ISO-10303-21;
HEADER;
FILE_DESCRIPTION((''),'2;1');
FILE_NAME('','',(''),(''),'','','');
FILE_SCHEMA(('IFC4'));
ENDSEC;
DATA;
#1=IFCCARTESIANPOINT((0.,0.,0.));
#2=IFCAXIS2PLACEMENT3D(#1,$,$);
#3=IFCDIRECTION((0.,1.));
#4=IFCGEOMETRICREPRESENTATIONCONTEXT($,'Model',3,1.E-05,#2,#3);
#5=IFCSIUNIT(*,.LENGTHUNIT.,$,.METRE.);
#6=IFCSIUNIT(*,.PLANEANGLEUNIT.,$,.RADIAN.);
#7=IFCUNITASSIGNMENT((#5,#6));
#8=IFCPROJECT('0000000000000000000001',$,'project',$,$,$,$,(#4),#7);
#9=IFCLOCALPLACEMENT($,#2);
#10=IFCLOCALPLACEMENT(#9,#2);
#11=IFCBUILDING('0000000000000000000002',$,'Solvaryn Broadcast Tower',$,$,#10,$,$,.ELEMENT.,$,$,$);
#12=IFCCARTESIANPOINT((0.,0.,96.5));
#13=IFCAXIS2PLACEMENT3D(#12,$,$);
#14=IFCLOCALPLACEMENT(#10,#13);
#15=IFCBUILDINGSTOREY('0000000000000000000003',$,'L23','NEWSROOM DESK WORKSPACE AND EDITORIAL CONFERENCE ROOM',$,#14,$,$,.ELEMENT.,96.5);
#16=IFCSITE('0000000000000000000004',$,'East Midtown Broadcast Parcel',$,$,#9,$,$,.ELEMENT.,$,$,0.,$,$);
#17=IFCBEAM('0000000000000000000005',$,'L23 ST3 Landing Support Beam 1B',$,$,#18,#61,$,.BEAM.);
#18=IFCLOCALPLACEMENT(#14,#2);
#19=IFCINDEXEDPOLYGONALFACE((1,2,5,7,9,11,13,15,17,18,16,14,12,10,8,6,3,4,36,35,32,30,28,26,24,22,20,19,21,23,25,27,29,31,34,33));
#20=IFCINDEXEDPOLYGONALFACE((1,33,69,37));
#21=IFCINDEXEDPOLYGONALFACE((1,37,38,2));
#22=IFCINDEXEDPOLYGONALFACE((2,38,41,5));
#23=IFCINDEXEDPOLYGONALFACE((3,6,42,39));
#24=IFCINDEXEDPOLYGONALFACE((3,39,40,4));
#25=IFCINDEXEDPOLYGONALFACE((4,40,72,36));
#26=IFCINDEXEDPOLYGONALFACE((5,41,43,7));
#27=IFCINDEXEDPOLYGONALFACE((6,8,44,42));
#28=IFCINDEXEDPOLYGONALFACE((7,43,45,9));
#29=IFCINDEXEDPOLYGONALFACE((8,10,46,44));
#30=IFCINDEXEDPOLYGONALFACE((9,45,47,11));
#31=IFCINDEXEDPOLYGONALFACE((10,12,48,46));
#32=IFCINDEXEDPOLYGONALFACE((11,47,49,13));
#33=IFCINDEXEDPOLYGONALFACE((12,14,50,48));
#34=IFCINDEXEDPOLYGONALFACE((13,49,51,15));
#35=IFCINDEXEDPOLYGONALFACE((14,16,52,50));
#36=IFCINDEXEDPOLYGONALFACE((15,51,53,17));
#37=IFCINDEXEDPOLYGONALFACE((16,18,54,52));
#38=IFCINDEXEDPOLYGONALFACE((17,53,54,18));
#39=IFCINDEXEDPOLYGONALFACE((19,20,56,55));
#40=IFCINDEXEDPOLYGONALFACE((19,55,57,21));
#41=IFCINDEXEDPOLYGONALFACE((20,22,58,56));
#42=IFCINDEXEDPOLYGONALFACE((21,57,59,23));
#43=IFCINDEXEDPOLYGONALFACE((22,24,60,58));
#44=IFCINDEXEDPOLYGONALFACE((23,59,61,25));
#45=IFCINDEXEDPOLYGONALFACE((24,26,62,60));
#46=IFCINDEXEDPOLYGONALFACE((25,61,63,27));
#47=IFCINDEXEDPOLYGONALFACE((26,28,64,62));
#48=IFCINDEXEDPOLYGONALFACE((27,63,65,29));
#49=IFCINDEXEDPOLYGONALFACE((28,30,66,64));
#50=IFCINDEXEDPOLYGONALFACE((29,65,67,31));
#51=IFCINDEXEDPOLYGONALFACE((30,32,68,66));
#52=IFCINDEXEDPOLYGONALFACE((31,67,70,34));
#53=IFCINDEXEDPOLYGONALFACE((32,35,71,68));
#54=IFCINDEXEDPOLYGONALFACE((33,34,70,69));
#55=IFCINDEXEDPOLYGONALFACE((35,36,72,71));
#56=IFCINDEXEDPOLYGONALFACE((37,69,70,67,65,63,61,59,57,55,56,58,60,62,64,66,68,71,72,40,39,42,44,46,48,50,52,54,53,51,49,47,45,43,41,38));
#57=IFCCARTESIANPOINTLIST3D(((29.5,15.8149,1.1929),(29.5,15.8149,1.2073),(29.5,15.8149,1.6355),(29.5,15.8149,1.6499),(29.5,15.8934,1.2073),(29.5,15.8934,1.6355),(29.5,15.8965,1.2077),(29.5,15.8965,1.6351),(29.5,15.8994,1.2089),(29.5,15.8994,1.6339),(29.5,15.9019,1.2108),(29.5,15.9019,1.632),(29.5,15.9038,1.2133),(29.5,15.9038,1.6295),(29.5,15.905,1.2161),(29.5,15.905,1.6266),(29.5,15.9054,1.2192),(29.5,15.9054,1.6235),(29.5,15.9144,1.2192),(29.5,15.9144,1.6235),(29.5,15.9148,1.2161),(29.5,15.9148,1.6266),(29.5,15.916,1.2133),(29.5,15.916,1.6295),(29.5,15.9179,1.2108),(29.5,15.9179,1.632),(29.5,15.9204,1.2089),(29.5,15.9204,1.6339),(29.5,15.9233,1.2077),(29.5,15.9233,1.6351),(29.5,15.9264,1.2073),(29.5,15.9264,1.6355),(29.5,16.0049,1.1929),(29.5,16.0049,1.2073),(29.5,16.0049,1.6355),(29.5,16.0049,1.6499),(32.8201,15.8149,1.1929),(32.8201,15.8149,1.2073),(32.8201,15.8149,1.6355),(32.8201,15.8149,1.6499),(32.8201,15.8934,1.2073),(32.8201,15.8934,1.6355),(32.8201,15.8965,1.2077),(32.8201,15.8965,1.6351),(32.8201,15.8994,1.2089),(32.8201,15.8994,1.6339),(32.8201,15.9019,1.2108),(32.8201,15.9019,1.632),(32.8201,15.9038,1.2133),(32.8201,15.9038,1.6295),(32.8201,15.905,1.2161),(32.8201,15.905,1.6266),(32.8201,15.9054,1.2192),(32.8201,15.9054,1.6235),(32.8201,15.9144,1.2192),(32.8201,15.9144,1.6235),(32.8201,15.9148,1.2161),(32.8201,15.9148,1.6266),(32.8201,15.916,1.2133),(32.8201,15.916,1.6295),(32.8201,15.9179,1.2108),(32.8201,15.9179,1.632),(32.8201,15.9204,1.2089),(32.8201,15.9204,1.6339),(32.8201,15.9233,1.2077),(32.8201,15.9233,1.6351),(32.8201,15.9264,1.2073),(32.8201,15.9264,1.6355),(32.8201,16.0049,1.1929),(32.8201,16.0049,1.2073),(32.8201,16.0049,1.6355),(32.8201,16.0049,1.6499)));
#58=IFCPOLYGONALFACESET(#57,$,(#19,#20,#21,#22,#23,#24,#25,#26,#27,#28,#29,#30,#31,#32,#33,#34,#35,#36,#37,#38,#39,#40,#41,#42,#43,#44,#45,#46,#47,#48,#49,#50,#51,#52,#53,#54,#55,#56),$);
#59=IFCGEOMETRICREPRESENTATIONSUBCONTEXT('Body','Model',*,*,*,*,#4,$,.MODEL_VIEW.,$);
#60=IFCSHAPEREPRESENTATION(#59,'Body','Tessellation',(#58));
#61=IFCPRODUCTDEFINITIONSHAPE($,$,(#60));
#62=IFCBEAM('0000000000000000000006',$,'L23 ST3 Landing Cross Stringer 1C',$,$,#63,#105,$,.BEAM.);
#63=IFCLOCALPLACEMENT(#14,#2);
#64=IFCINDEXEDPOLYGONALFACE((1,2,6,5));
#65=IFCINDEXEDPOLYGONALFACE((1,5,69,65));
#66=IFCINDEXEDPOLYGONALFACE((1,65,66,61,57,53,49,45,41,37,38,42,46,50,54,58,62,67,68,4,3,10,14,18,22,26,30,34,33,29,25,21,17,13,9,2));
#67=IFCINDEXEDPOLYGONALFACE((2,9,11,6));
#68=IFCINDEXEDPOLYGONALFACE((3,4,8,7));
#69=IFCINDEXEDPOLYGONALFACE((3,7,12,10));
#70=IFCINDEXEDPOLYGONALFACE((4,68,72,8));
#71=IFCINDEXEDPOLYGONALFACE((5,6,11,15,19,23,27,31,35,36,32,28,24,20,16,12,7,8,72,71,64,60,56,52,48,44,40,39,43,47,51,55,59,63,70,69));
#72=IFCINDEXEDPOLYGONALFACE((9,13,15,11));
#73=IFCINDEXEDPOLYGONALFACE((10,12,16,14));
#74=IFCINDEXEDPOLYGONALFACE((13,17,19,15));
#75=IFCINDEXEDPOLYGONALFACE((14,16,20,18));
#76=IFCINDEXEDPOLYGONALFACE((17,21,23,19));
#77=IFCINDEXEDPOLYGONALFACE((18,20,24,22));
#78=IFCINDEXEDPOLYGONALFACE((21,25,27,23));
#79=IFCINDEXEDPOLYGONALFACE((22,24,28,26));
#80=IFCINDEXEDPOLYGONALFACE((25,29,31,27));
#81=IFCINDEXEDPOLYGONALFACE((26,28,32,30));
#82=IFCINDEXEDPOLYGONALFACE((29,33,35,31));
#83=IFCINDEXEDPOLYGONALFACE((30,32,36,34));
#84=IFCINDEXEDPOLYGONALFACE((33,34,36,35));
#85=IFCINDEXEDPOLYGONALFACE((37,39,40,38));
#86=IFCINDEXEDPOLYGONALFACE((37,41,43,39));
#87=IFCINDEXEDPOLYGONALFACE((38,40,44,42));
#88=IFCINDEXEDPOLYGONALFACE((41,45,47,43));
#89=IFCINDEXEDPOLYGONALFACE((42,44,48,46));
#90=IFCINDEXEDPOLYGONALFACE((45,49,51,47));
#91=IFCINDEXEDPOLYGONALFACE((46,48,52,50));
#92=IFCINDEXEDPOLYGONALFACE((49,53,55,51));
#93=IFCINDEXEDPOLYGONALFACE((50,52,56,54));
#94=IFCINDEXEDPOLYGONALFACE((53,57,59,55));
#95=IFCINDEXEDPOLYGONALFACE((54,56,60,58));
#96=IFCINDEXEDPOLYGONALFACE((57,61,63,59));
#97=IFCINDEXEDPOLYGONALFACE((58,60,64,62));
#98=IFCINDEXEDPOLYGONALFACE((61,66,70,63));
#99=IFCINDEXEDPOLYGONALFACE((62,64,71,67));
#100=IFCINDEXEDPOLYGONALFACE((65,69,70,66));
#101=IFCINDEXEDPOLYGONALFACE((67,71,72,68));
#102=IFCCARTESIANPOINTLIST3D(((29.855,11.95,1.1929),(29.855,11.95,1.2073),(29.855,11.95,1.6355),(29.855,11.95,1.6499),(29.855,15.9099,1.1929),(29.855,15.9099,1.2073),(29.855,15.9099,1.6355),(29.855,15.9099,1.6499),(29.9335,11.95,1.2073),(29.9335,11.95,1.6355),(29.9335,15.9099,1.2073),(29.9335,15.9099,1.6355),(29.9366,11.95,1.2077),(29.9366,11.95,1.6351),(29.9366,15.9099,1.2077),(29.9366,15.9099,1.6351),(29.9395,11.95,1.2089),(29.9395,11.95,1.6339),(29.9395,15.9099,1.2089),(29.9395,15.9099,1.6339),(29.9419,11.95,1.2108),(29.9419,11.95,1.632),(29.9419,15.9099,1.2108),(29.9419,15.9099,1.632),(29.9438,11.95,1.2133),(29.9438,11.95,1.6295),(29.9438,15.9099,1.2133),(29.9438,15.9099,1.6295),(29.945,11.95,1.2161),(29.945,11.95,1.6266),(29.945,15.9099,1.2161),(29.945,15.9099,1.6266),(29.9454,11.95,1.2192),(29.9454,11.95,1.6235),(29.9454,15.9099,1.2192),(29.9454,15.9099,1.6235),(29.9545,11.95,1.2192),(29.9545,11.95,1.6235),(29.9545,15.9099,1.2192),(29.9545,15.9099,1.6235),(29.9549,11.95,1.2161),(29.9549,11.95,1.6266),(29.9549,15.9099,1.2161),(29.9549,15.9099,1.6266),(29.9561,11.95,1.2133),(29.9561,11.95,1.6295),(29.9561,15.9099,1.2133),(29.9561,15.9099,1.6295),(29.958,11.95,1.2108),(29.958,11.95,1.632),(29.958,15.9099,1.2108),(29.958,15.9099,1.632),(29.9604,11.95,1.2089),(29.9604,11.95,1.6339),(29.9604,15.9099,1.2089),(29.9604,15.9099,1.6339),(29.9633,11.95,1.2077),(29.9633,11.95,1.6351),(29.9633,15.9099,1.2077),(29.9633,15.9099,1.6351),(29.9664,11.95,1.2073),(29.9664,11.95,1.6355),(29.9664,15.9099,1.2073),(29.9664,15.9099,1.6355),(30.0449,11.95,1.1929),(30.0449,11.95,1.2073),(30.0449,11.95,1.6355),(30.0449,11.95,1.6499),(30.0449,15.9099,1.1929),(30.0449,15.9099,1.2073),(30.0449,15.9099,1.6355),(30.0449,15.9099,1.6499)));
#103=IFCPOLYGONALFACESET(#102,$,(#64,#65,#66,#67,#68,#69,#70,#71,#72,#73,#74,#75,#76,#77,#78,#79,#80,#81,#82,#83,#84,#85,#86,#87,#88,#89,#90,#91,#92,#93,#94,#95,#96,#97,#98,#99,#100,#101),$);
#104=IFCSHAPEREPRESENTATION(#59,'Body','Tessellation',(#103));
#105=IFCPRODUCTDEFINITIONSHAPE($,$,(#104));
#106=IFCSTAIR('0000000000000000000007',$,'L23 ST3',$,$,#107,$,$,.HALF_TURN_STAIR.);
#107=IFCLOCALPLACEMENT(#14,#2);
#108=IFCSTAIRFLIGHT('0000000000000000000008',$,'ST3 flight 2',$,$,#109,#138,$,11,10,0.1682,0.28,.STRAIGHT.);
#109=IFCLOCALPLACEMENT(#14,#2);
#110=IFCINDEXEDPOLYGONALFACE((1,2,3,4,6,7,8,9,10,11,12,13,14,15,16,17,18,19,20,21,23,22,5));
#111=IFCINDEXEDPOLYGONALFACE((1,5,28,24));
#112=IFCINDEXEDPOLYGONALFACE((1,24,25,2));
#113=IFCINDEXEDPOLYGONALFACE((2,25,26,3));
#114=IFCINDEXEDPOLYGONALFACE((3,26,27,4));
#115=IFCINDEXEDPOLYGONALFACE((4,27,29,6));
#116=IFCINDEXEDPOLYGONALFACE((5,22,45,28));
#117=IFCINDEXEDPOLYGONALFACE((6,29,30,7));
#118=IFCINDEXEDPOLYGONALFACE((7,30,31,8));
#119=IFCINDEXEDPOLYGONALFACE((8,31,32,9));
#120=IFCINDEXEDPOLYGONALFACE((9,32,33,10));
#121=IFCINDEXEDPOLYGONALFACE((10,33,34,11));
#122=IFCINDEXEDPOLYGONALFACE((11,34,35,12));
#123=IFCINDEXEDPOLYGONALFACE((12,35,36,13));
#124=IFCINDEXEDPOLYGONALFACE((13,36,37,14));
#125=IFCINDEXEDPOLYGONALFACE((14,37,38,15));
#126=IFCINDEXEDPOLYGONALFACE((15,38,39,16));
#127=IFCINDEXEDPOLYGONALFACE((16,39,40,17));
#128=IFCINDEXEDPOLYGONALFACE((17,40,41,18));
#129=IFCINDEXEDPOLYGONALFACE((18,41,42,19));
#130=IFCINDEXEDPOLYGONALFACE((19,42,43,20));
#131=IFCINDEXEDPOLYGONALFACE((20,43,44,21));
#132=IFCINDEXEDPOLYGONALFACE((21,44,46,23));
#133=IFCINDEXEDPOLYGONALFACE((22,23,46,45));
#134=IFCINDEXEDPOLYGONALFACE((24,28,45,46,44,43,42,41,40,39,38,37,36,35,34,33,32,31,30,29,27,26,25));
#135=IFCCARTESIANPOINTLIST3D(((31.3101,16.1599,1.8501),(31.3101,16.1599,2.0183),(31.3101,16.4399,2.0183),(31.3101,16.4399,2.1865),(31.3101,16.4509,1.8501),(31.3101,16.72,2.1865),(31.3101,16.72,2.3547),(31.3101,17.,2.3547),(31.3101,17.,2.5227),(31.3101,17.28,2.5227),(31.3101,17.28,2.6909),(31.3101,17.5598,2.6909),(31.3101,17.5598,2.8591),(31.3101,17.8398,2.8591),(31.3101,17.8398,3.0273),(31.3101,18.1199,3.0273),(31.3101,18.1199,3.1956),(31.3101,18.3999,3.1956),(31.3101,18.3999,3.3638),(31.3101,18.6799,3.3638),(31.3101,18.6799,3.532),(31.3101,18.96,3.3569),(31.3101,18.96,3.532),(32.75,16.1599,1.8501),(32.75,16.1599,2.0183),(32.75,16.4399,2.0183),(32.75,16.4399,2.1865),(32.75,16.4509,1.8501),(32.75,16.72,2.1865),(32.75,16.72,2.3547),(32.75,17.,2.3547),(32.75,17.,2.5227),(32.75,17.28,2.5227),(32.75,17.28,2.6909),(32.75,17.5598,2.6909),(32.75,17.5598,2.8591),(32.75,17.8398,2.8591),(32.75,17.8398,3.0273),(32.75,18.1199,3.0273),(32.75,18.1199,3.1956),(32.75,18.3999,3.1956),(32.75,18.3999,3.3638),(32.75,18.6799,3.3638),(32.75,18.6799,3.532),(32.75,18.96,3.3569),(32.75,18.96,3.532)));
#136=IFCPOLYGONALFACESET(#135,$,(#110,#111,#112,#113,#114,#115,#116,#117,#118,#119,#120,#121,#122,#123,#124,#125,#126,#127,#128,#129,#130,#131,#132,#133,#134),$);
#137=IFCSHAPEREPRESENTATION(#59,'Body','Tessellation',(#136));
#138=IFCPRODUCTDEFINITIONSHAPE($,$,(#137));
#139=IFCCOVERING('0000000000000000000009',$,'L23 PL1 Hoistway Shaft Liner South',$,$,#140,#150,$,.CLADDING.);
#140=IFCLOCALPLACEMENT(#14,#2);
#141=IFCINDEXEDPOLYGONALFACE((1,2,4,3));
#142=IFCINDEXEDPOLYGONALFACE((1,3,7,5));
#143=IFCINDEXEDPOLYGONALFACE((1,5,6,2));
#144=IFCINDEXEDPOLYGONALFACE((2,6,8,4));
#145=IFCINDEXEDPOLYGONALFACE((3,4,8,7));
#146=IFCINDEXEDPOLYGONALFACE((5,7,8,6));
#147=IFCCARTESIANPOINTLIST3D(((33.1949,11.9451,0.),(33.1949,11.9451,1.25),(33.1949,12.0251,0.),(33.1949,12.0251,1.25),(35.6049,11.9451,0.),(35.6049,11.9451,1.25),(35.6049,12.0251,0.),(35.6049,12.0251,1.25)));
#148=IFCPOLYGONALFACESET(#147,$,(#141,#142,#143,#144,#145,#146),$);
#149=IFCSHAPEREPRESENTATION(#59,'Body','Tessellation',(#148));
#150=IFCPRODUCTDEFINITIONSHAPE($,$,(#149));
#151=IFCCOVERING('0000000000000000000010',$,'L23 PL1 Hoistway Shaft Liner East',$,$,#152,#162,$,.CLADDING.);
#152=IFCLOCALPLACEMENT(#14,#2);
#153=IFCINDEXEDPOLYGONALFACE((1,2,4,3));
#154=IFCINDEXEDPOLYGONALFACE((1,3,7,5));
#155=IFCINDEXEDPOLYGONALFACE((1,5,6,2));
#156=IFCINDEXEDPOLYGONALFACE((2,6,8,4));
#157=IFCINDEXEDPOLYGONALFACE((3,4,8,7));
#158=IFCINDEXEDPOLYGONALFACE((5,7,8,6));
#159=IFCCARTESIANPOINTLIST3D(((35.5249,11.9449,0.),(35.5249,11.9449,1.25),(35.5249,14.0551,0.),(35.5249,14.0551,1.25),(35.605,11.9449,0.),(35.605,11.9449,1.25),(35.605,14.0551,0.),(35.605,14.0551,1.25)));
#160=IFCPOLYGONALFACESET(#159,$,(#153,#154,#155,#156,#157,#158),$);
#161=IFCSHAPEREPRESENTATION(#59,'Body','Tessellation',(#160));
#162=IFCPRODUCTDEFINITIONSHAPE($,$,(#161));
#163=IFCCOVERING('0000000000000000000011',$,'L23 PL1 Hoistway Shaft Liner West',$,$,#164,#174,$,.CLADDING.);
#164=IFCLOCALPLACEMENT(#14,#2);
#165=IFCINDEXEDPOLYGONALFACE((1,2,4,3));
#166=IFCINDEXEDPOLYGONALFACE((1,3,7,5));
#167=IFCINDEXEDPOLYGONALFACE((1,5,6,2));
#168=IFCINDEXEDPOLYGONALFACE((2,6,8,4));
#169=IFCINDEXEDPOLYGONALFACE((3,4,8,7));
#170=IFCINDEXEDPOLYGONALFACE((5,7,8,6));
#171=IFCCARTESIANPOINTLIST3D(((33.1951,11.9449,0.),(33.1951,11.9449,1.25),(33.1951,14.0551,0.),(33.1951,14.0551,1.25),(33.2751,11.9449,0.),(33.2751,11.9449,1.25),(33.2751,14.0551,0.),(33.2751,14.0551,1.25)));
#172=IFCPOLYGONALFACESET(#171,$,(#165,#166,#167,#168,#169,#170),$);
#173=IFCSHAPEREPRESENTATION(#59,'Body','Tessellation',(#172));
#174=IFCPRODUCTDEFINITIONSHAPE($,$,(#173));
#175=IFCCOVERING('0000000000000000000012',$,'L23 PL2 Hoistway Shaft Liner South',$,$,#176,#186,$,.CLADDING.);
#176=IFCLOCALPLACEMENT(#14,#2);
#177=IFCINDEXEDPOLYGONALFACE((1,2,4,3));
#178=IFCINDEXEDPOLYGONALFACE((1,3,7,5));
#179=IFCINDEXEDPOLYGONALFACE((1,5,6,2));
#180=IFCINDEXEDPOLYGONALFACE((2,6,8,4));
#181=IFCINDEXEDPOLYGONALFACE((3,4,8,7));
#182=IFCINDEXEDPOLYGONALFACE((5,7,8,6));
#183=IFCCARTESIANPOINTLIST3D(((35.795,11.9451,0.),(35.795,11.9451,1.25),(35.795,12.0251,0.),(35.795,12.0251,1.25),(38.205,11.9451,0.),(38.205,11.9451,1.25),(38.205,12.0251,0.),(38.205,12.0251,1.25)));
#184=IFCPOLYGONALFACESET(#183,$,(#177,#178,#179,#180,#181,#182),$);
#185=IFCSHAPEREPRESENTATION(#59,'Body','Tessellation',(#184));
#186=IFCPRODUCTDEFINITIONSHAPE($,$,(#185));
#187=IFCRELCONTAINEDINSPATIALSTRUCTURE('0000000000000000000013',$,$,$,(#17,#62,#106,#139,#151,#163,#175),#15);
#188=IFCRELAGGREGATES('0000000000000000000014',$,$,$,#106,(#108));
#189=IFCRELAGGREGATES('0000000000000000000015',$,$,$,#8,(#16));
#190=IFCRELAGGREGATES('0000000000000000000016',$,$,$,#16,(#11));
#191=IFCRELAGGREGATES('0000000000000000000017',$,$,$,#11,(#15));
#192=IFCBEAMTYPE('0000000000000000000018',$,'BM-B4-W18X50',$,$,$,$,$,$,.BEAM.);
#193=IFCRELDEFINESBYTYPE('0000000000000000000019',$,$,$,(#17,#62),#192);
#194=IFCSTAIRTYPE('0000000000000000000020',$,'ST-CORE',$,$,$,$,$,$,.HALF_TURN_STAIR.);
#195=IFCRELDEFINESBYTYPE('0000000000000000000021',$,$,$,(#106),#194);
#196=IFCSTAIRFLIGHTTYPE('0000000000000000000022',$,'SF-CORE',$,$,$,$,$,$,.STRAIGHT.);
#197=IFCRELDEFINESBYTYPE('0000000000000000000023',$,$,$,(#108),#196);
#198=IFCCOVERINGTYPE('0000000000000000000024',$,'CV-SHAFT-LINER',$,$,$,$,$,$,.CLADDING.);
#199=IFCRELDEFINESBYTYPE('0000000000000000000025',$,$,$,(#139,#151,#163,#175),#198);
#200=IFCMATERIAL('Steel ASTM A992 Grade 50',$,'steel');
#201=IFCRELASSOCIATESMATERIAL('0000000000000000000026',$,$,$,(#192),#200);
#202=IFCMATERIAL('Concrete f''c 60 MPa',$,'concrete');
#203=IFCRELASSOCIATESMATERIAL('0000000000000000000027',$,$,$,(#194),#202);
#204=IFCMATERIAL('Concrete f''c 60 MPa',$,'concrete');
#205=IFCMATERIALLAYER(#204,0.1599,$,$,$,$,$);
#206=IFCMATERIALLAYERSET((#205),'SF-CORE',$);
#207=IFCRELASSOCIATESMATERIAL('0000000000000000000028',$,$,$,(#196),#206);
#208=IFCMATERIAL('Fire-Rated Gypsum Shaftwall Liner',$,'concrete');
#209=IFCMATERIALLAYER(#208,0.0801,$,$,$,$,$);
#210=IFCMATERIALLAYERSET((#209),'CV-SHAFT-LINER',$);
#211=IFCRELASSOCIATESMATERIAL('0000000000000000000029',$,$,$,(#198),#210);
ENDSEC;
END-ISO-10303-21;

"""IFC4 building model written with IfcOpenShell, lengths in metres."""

from ifc_helpers import new_model, si_unit, direction, frame, origin, origin_2d, place, context, subcontext, project, spatial, polyline, rectangle, i_section, outline, extrude, material, layer, layer_set, material_profile, profile_set, type_object, element, aggregate, save


model = new_model("IFC4")

# Units and contexts
model_context = context("Model", 3, precision=1e-05, world=origin(), true_north=direction((0.0, 1.0)))
body_context = subcontext(model_context, "Body", "Model", "MODEL_VIEW")
ifc_project = project(units=[si_unit("LENGTHUNIT", "METRE"), si_unit("PLANEANGLEUNIT", "RADIAN")], contexts=[model_context])

# Site, building, storey
site_placement = place(None, origin())
site = spatial("IfcSite", under=ifc_project, at=site_placement, Name="East Midtown Broadcast Parcel", CompositionType="ELEMENT", RefElevation=0.0)
building_placement = place(site_placement, origin())
building = spatial("IfcBuilding", under=site, at=building_placement, Name="Solvaryn Broadcast Tower", CompositionType="ELEMENT")
storey_placement = place(building_placement, frame((0.0, 0.0, 96.5)))
storey = spatial("IfcBuildingStorey", under=building, at=storey_placement, Name="L23", Description="NEWSROOM DESK WORKSPACE AND EDITORIAL CONFERENCE ROOM", CompositionType="ELEMENT", Elevation=96.5)

# Beams
ifc_material_1 = material(Name="Steel ASTM A992 Grade 50", Category="steel")
ifc_material_profile_1 = material_profile(ifc_material_1, i_section(OverallWidth=0.1899, OverallDepth=0.457, WebThickness=0.009, FlangeThickness=0.0144, FilletRadius=0.012, at=origin_2d()))
ifc_profile_set_1 = profile_set([ifc_material_profile_1], Name="Steel ASTM A992 Grade 50")
beam_type_1 = type_object("IfcBeamType", Name="BM-B4-W18X50", PredefinedType="BEAM", material=ifc_profile_set_1)
beam_1_placement = place(storey_placement, frame((29.5, 15.9099, 1.4214), z_axis=(1.0, 0.0, 0.0), x_axis=(0.0, 1.0, 0.0)))
element("IfcBeam", 1, at=beam_1_placement, inside=storey, type_object=beam_type_1, Name="L23 ST3 Landing Support Beam 1B", PredefinedType="BEAM", context=body_context, shape_type="SweptSolid", body=[
    extrude(i_section(OverallWidth=0.1899, OverallDepth=0.457, WebThickness=0.009, FlangeThickness=0.0144, FilletRadius=0.012, at=origin_2d()), origin(), (0.0, 0.0, 1.0), 3.3201),
])
beam_2_placement = place(storey_placement, frame((29.95, 11.95, 1.4214), z_axis=(0.0, 1.0, 0.0), x_axis=(-1.0, 0.0, 0.0)))
element("IfcBeam", 2, at=beam_2_placement, inside=storey, type_object=beam_type_1, Name="L23 ST3 Landing Cross Stringer 1C", PredefinedType="BEAM", context=body_context, shape_type="SweptSolid", body=[
    extrude(i_section(OverallWidth=0.1899, OverallDepth=0.457, WebThickness=0.009, FlangeThickness=0.0144, FilletRadius=0.012, at=origin_2d()), origin(), (0.0, 0.0, 1.0), 3.96),
])

# Stair, stair flight
ifc_material_2 = material(Name="Concrete f'c 60 MPa", Category="concrete")
stair_type = type_object("IfcStairType", Name="ST-CORE", PredefinedType="HALF_TURN_STAIR", material=ifc_material_2)
stair_placement = place(storey_placement, origin())
stair = element("IfcStair", 3, at=stair_placement, inside=storey, type_object=stair_type, Name="L23 ST3", PredefinedType="HALF_TURN_STAIR")
ifc_material_3 = material(Name="Concrete f'c 60 MPa", Category="concrete")
ifc_layer_1 = layer(ifc_material_3, 0.1599)
ifc_layer_set_1 = layer_set([ifc_layer_1], Name="SF-CORE")
stair_flight_type = type_object("IfcStairFlightType", Name="SF-CORE", PredefinedType="STRAIGHT", material=ifc_layer_set_1)
stair_flight_placement = place(storey_placement, frame((32.03, 16.1599, 1.8501), z_axis=(0.0, 0.0, 1.0), x_axis=(0.0, 1.0, 0.0)))
stair_flight = element("IfcStairFlight", 4, at=stair_flight_placement, type_object=stair_flight_type, Name="ST3 flight 2", NumberOfRisers=11, NumberOfTreads=10, PredefinedType="STRAIGHT", RiserHeight=0.1682, TreadLength=0.28, context=body_context, shape_type="SweptSolid", body=[
    extrude(outline(polyline([(0.0, 0.0), (0.0, 0.1682), (0.28, 0.1682), (0.28, 0.3364), (0.5601, 0.3364), (0.5601, 0.5046), (0.8401, 0.5046), (0.8401, 0.6726), (1.1201, 0.6726), (1.1201, 0.8408), (1.3999, 0.8408), (1.3999, 1.009), (1.6799, 1.009), (1.6799, 1.1772), (1.96, 1.1772), (1.96, 1.3455), (2.24, 1.3455), (2.24, 1.5137), (2.52, 1.5137), (2.52, 1.6819), (2.8, 1.6819), (2.8, 1.8501), (2.8, 1.5068), (0.291, 0.0), (0.0, 0.0)])), frame((0.0, 0.72, 0.0), z_axis=(0.0, -1.0, 0.0), x_axis=(1.0, 0.0, 0.0)), (0.0, 0.0, 1.0), 1.4399),
])
aggregate(stair, [stair_flight])

# Coverings
ifc_material_4 = material(Name="Fire-Rated Gypsum Shaftwall Liner", Category="concrete")
ifc_layer_2 = layer(ifc_material_4, 0.0801)
ifc_layer_set_2 = layer_set([ifc_layer_2], Name="CV-SHAFT-LINER")
covering_type = type_object("IfcCoveringType", Name="CV-SHAFT-LINER", PredefinedType="CLADDING", material=ifc_layer_set_2)
covering_1_placement = place(storey_placement, frame((34.3999, 11.9851, 0.0), z_axis=(0.0, 0.0, 1.0), x_axis=(1.0, 0.0, 0.0)))
element("IfcCovering", 5, at=covering_1_placement, inside=storey, type_object=covering_type, Name="L23 PL1 Hoistway Shaft Liner South", PredefinedType="CLADDING", context=body_context, shape_type="SweptSolid", body=[
    extrude(rectangle(XDim=2.4099, YDim=0.0801, at=origin_2d()), origin(), (0.0, 0.0, 1.0), 1.25),
])
for number, where, z_axis, x_axis, name in (
    (6, (35.5649, 13.0, 0.0), (0.0, 0.0, 1.0), (1.0, 0.0, 0.0), "L23 PL1 Hoistway Shaft Liner East"),
    (7, (33.2351, 13.0, 0.0), (0.0, 0.0, 1.0), (1.0, 0.0, 0.0), "L23 PL1 Hoistway Shaft Liner West"),
):
    element("IfcCovering", number, at=place(storey_placement, frame(where, z_axis=z_axis, x_axis=x_axis)), inside=storey, type_object=covering_type, Name=name, PredefinedType="CLADDING", context=body_context, shape_type="SweptSolid", body=[
        extrude(rectangle(XDim=0.0801, YDim=2.1101, at=origin_2d()), origin(), (0.0, 0.0, 1.0), 1.25),
    ])
covering_2_placement = place(storey_placement, frame((37.0, 11.9851, 0.0), z_axis=(0.0, 0.0, 1.0), x_axis=(1.0, 0.0, 0.0)))
element("IfcCovering", 8, at=covering_2_placement, inside=storey, type_object=covering_type, Name="L23 PL2 Hoistway Shaft Liner South", PredefinedType="CLADDING", context=body_context, shape_type="SweptSolid", body=[
    extrude(rectangle(XDim=2.4099, YDim=0.0801, at=origin_2d()), origin(), (0.0, 0.0, 1.0), 1.25),
])

save(model, "model.ifc")
